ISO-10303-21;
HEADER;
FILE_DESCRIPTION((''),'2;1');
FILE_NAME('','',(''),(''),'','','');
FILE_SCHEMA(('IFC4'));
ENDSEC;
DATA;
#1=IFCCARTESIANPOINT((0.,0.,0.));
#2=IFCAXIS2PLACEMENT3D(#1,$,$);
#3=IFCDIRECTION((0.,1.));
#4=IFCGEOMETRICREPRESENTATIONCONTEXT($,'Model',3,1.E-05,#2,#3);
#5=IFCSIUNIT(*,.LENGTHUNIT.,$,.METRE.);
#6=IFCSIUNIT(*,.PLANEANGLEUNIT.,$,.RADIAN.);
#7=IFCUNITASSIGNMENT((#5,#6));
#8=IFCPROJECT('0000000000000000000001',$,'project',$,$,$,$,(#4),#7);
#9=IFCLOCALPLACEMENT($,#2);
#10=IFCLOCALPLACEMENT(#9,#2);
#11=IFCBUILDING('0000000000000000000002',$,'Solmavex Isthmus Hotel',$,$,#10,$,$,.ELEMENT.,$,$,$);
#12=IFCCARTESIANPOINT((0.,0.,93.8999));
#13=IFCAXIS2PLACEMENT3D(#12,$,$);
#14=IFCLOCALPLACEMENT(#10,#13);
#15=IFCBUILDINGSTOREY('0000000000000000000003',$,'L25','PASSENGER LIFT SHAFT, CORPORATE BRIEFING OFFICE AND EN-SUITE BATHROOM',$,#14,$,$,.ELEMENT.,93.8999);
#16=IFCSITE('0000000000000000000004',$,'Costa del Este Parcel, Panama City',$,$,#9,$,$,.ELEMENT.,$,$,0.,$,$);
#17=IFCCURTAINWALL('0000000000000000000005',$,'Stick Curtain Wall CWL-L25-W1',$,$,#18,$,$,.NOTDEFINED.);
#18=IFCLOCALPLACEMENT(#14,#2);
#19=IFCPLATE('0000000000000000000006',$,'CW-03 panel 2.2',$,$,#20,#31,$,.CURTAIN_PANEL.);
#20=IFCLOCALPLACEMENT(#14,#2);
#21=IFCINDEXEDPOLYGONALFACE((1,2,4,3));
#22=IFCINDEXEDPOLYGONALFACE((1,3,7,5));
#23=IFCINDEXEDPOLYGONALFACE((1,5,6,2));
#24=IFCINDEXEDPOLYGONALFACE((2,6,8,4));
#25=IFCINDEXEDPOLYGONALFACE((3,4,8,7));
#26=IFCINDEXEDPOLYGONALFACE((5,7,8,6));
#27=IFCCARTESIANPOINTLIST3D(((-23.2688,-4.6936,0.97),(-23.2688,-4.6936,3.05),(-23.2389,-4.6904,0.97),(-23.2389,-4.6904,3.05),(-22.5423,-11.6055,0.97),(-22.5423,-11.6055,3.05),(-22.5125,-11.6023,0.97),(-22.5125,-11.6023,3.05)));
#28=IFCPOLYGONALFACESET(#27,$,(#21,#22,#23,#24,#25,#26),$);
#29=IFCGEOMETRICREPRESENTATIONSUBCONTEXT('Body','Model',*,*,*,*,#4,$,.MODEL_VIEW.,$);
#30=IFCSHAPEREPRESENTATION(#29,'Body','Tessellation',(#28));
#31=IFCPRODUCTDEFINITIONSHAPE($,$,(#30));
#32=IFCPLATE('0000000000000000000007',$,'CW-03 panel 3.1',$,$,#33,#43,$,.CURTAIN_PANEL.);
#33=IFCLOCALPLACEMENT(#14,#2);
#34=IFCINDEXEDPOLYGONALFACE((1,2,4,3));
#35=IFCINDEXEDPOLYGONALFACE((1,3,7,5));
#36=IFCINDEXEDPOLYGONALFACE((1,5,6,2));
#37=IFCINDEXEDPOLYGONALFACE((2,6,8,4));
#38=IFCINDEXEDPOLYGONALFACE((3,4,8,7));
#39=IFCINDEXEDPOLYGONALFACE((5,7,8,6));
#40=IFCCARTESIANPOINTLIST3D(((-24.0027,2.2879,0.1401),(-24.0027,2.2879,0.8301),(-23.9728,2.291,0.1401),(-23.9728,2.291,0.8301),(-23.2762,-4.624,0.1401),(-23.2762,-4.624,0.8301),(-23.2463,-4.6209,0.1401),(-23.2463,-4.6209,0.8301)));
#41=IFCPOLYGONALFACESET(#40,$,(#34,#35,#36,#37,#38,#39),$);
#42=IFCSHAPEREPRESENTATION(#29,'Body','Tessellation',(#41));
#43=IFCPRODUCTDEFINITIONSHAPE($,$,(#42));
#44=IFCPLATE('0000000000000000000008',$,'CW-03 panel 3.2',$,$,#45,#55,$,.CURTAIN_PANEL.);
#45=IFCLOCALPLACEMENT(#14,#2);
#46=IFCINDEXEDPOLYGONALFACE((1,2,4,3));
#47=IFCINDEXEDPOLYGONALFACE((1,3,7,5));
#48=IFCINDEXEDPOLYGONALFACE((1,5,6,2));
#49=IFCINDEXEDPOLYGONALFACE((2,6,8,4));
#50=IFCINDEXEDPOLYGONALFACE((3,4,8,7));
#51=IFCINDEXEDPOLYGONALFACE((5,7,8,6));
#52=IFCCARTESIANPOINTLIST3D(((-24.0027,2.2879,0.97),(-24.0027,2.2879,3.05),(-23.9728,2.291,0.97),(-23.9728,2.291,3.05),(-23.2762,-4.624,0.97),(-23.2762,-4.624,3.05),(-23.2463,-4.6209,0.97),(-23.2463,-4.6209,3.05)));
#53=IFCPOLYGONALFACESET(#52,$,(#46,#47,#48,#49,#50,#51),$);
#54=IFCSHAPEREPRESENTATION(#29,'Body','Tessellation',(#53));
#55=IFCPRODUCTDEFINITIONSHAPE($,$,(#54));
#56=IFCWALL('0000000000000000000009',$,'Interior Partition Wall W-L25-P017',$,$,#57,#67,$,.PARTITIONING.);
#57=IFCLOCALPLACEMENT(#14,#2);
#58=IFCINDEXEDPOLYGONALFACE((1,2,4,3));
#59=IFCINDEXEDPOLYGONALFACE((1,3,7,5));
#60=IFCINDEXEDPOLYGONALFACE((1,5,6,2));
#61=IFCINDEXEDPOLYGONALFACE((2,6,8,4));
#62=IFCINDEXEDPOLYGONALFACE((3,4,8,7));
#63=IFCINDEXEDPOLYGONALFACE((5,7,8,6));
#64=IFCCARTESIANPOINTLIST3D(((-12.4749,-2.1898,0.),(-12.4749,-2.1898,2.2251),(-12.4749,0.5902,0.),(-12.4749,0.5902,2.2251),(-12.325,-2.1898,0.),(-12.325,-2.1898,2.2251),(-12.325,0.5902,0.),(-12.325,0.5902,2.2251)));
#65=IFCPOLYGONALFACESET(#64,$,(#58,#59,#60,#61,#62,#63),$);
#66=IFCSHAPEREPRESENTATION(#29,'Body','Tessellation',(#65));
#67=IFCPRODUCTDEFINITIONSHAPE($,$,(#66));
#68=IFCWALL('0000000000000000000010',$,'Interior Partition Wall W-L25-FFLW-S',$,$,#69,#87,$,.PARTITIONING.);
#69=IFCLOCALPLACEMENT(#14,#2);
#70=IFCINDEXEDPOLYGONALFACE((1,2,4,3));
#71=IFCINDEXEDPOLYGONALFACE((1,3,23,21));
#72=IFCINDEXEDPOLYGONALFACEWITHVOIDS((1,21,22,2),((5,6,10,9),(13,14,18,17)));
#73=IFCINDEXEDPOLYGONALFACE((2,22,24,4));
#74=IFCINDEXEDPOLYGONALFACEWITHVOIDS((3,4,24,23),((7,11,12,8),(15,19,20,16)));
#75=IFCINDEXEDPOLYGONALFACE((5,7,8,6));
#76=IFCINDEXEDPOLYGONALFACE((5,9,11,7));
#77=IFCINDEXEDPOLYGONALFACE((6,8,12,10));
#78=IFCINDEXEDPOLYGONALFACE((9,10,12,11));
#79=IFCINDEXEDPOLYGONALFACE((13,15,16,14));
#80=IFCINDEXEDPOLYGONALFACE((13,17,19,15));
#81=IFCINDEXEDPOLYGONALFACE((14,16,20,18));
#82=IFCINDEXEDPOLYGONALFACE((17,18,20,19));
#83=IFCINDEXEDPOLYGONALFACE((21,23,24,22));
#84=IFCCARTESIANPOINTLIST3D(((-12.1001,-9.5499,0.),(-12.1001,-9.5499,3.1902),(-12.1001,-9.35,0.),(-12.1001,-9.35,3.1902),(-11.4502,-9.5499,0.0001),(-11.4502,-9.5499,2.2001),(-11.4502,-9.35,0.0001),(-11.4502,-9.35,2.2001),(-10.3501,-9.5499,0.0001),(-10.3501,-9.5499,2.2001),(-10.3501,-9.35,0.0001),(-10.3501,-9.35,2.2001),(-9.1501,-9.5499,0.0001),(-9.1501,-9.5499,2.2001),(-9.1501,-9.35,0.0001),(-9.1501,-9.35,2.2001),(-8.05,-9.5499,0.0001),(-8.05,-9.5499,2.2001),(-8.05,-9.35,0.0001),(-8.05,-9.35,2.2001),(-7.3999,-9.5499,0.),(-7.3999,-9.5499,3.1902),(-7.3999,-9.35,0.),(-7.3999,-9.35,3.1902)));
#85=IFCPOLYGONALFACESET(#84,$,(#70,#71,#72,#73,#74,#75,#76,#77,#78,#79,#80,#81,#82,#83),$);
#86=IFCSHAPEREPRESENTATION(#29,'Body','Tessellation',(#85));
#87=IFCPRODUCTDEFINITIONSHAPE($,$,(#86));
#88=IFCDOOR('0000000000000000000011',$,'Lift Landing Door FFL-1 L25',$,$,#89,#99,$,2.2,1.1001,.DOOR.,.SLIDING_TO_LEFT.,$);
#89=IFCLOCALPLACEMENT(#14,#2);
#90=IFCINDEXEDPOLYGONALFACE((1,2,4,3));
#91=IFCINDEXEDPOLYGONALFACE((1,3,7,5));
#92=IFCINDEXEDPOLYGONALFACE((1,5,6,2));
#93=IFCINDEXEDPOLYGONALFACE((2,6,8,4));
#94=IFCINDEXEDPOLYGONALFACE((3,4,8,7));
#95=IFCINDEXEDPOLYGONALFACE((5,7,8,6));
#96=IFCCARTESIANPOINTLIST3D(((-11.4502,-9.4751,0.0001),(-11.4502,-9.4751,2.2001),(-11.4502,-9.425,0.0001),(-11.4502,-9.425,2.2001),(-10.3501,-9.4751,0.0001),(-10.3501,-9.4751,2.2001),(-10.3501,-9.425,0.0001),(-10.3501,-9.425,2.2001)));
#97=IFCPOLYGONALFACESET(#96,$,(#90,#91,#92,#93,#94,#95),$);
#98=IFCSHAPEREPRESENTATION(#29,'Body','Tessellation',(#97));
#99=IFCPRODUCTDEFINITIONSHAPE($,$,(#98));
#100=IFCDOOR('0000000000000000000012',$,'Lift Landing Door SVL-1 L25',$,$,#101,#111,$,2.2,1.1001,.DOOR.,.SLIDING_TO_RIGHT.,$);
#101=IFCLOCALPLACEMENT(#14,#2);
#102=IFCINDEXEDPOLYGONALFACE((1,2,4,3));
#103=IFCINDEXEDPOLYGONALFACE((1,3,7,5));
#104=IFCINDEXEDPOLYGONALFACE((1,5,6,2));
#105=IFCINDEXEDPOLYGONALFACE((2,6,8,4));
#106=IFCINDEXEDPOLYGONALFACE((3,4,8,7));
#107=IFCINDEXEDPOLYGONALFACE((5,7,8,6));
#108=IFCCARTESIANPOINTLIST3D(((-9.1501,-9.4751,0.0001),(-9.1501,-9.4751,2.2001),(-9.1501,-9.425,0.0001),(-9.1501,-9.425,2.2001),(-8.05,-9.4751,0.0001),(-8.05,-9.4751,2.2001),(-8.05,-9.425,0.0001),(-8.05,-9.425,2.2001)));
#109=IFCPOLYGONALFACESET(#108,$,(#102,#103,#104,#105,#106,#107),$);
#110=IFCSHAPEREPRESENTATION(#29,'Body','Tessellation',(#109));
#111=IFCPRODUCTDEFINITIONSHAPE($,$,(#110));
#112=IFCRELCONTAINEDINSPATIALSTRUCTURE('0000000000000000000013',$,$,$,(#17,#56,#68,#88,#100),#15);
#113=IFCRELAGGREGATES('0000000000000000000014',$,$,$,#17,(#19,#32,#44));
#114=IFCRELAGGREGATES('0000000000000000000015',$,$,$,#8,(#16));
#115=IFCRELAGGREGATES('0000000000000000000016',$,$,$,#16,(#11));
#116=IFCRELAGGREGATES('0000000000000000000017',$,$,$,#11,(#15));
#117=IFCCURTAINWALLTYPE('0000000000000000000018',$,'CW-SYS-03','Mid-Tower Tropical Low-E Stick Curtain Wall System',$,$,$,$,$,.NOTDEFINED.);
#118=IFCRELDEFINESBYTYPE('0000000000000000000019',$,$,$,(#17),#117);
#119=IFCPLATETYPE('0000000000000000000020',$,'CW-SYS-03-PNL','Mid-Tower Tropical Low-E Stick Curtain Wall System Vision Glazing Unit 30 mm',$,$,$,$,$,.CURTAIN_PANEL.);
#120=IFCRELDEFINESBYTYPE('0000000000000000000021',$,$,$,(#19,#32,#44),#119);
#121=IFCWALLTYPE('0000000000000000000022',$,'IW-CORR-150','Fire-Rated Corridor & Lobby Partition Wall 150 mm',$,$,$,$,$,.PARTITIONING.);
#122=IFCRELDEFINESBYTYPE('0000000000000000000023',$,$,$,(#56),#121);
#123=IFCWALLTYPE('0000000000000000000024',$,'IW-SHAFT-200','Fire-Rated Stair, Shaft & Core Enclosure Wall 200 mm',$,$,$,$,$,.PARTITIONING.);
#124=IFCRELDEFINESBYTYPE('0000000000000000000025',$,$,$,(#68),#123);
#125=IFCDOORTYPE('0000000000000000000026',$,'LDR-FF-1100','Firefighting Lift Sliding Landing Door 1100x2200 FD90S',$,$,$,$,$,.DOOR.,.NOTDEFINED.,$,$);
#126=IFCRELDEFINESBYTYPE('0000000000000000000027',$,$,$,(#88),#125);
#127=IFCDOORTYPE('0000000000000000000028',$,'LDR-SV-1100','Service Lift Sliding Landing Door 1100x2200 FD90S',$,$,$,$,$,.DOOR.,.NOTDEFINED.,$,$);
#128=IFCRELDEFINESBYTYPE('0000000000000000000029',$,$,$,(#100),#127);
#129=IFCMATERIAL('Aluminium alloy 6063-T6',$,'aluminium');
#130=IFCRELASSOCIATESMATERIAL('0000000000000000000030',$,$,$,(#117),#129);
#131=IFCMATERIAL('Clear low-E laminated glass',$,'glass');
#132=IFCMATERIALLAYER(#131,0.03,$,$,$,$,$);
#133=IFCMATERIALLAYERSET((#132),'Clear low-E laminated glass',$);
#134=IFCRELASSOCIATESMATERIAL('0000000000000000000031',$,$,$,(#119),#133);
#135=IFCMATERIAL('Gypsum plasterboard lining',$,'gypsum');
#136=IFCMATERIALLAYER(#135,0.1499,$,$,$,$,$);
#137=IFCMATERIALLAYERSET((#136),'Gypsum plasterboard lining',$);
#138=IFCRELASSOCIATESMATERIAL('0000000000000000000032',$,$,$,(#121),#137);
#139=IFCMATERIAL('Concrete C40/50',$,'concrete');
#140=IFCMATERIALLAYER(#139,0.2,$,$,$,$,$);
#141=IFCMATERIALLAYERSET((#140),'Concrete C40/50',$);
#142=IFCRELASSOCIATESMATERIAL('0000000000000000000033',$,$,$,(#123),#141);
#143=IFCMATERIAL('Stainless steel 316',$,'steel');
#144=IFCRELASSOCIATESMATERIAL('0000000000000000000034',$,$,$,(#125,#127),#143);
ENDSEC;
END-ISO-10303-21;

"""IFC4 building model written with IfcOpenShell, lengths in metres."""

from ifc_helpers import new_model, si_unit, direction, frame, frame_2d, origin, origin_2d, place, context, subcontext, project, spatial, rectangle, extrude, material, layer, layer_set, type_object, element, fill, aggregate, save


model = new_model("IFC4")

# Units and contexts
model_context = context("Model", 3, precision=1e-05, world=origin(), true_north=direction((0.0, 1.0)))
body_context = subcontext(model_context, "Body", "Model", "MODEL_VIEW")
ifc_project = project(units=[si_unit("LENGTHUNIT", "METRE"), si_unit("PLANEANGLEUNIT", "RADIAN")], contexts=[model_context])

# Site, building, storey
site_placement = place(None, origin())
site = spatial("IfcSite", under=ifc_project, at=site_placement, Name="Costa del Este Parcel, Panama City", CompositionType="ELEMENT", RefElevation=0.0)
building_placement = place(site_placement, origin())
building = spatial("IfcBuilding", under=site, at=building_placement, Name="Solmavex Isthmus Hotel", CompositionType="ELEMENT")
storey_placement = place(building_placement, frame((0.0, 0.0, 93.8999)))
storey = spatial("IfcBuildingStorey", under=building, at=storey_placement, Name="L25", Description="PASSENGER LIFT SHAFT, CORPORATE BRIEFING OFFICE AND EN-SUITE BATHROOM", CompositionType="ELEMENT", Elevation=93.8999)

# Curtain wall, plates
ifc_material_1 = material(Name="Aluminium alloy 6063-T6", Category="aluminium")
curtain_wall_type = type_object("IfcCurtainWallType", Name="CW-SYS-03", Description="Mid-Tower Tropical Low-E Stick Curtain Wall System", PredefinedType="NOTDEFINED", material=ifc_material_1)
curtain_wall_placement = place(storey_placement, origin())
curtain_wall = element("IfcCurtainWall", 1, at=curtain_wall_placement, inside=storey, type_object=curtain_wall_type, Name="Stick Curtain Wall CWL-L25-W1", PredefinedType="NOTDEFINED")
ifc_material_2 = material(Name="Clear low-E laminated glass", Category="glass")
ifc_layer_1 = layer(ifc_material_2, 0.03)
ifc_layer_set_1 = layer_set([ifc_layer_1], Name="Clear low-E laminated glass")
plate_type = type_object("IfcPlateType", Name="CW-SYS-03-PNL", Description="Mid-Tower Tropical Low-E Stick Curtain Wall System Vision Glazing Unit 30 mm", PredefinedType="CURTAIN_PANEL", material=ifc_layer_set_1)
plate_1_placement = place(storey_placement, frame((-22.8906, -8.1479, 0.97), z_axis=(0.0, 0.0, 1.0), x_axis=(-0.104528, 0.994522, 0.0)))
plate_1 = element("IfcPlate", 2, at=plate_1_placement, type_object=plate_type, Name="CW-03 panel 2.2", PredefinedType="CURTAIN_PANEL", context=body_context, shape_type="SweptSolid", body=[
    extrude(rectangle(XDim=6.95, YDim=0.03, at=origin_2d()), origin(), (0.0, 0.0, 1.0), 2.0801),
])
plate_2_placement = place(storey_placement, frame((-23.6245, -1.1665, 0.1401), z_axis=(0.0, 0.0, 1.0), x_axis=(-0.104528, 0.994522, 0.0)))
plate_2 = element("IfcPlate", 3, at=plate_2_placement, type_object=plate_type, Name="CW-03 panel 3.1", PredefinedType="CURTAIN_PANEL", context=body_context, shape_type="SweptSolid", body=[
    extrude(rectangle(XDim=6.95, YDim=0.03, at=origin_2d()), origin(), (0.0, 0.0, 1.0), 0.6899),
])
plate_3_placement = place(storey_placement, frame((-23.6245, -1.1665, 0.97), z_axis=(0.0, 0.0, 1.0), x_axis=(-0.104528, 0.994522, 0.0)))
plate_3 = element("IfcPlate", 4, at=plate_3_placement, type_object=plate_type, Name="CW-03 panel 3.2", PredefinedType="CURTAIN_PANEL", context=body_context, shape_type="SweptSolid", body=[
    extrude(rectangle(XDim=6.95, YDim=0.03, at=origin_2d()), origin(), (0.0, 0.0, 1.0), 2.0801),
])
aggregate(curtain_wall, [plate_1, plate_2, plate_3])

# Wall
ifc_material_3 = material(Name="Gypsum plasterboard lining", Category="gypsum")
ifc_layer_2 = layer(ifc_material_3, 0.1499)
ifc_layer_set_2 = layer_set([ifc_layer_2], Name="Gypsum plasterboard lining")
wall_type_1 = type_object("IfcWallType", Name="IW-CORR-150", Description="Fire-Rated Corridor & Lobby Partition Wall 150 mm", PredefinedType="PARTITIONING", material=ifc_layer_set_2)
wall_1_placement = place(storey_placement, frame((-12.3999, -2.1899, 0.0), z_axis=(0.0, 0.0, 1.0), x_axis=(0.0, 1.0, 0.0)))
element("IfcWall", 5, at=wall_1_placement, inside=storey, type_object=wall_type_1, Name="Interior Partition Wall W-L25-P017", PredefinedType="PARTITIONING", context=body_context, shape_type="SweptSolid", body=[
    extrude(rectangle(XDim=2.78, YDim=0.1499, at=frame_2d((1.3901, 0.0))), origin(), (0.0, 0.0, 1.0), 2.2251),
])

# Wall, openings, doors
ifc_material_4 = material(Name="Concrete C40/50", Category="concrete")
ifc_layer_3 = layer(ifc_material_4, 0.2)
ifc_layer_set_3 = layer_set([ifc_layer_3], Name="Concrete C40/50")
wall_type_2 = type_object("IfcWallType", Name="IW-SHAFT-200", Description="Fire-Rated Stair, Shaft & Core Enclosure Wall 200 mm", PredefinedType="PARTITIONING", material=ifc_layer_set_3)
wall_2_placement = place(storey_placement, frame((-12.1001, -9.45, 0.0), z_axis=(0.0, 0.0, 1.0), x_axis=(1.0, 0.0, 0.0)))
wall_2 = element("IfcWall", 6, at=wall_2_placement, inside=storey, type_object=wall_type_2, Name="Interior Partition Wall W-L25-FFLW-S", PredefinedType="PARTITIONING", context=body_context, shape_type="SweptSolid", body=[
    extrude(rectangle(XDim=4.7002, YDim=0.2, at=frame_2d((2.3501, 0.0))), origin(), (0.0, 0.0, 1.0), 3.1902),
])
opening_1_placement = place(wall_2_placement, frame((0.6499, 0.0, 0.0)))
opening_1 = element("IfcOpeningElement", 7, at=opening_1_placement, cuts=wall_2, PredefinedType="OPENING", context=body_context, shape_type="SweptSolid", body=[
    extrude(rectangle(XDim=1.1001, YDim=2.2, at=frame_2d((0.55, 1.1001))), frame((0.0, 0.1099, 0.0), z_axis=(0.0, -1.0, 0.0), x_axis=(1.0, 0.0, 0.0)), (0.0, 0.0, 1.0), 0.22),
])
opening_2_placement = place(wall_2_placement, frame((2.95, 0.0, 0.0)))
opening_2 = element("IfcOpeningElement", 8, at=opening_2_placement, cuts=wall_2, PredefinedType="OPENING", context=body_context, shape_type="SweptSolid", body=[
    extrude(rectangle(XDim=1.1001, YDim=2.2, at=frame_2d((0.55, 1.1001))), frame((0.0, 0.1099, 0.0), z_axis=(0.0, -1.0, 0.0), x_axis=(1.0, 0.0, 0.0)), (0.0, 0.0, 1.0), 0.22),
])
ifc_material_5 = material(Name="Stainless steel 316", Category="steel")
door_type_1 = type_object("IfcDoorType", Name="LDR-FF-1100", Description="Firefighting Lift Sliding Landing Door 1100x2200 FD90S", OperationType="NOTDEFINED", PredefinedType="DOOR", material=ifc_material_5)
door_1_placement = place(opening_1_placement, origin())
door_1 = element("IfcDoor", 9, at=door_1_placement, inside=storey, type_object=door_type_1, Name="Lift Landing Door FFL-1 L25", OperationType="SLIDING_TO_LEFT", OverallHeight=2.2, OverallWidth=1.1001, PredefinedType="DOOR", context=body_context, shape_type="SweptSolid", body=[
    extrude(rectangle(XDim=1.1001, YDim=2.2, at=frame_2d((0.55, 1.1001))), frame((0.0, 0.0249, 0.0), z_axis=(0.0, -1.0, 0.0), x_axis=(1.0, 0.0, 0.0)), (0.0, 0.0, 1.0), 0.05),
])
fill(opening_1, door_1)
door_type_2 = type_object("IfcDoorType", Name="LDR-SV-1100", Description="Service Lift Sliding Landing Door 1100x2200 FD90S", OperationType="NOTDEFINED", PredefinedType="DOOR", material=ifc_material_5)
door_2_placement = place(opening_2_placement, origin())
door_2 = element("IfcDoor", 10, at=door_2_placement, inside=storey, type_object=door_type_2, Name="Lift Landing Door SVL-1 L25", OperationType="SLIDING_TO_RIGHT", OverallHeight=2.2, OverallWidth=1.1001, PredefinedType="DOOR", context=body_context, shape_type="SweptSolid", body=[
    extrude(rectangle(XDim=1.1001, YDim=2.2, at=frame_2d((0.55, 1.1001))), frame((0.0, 0.0249, 0.0), z_axis=(0.0, -1.0, 0.0), x_axis=(1.0, 0.0, 0.0)), (0.0, 0.0, 1.0), 0.05),
])
fill(opening_2, door_2)

save(model, "model.ifc")
